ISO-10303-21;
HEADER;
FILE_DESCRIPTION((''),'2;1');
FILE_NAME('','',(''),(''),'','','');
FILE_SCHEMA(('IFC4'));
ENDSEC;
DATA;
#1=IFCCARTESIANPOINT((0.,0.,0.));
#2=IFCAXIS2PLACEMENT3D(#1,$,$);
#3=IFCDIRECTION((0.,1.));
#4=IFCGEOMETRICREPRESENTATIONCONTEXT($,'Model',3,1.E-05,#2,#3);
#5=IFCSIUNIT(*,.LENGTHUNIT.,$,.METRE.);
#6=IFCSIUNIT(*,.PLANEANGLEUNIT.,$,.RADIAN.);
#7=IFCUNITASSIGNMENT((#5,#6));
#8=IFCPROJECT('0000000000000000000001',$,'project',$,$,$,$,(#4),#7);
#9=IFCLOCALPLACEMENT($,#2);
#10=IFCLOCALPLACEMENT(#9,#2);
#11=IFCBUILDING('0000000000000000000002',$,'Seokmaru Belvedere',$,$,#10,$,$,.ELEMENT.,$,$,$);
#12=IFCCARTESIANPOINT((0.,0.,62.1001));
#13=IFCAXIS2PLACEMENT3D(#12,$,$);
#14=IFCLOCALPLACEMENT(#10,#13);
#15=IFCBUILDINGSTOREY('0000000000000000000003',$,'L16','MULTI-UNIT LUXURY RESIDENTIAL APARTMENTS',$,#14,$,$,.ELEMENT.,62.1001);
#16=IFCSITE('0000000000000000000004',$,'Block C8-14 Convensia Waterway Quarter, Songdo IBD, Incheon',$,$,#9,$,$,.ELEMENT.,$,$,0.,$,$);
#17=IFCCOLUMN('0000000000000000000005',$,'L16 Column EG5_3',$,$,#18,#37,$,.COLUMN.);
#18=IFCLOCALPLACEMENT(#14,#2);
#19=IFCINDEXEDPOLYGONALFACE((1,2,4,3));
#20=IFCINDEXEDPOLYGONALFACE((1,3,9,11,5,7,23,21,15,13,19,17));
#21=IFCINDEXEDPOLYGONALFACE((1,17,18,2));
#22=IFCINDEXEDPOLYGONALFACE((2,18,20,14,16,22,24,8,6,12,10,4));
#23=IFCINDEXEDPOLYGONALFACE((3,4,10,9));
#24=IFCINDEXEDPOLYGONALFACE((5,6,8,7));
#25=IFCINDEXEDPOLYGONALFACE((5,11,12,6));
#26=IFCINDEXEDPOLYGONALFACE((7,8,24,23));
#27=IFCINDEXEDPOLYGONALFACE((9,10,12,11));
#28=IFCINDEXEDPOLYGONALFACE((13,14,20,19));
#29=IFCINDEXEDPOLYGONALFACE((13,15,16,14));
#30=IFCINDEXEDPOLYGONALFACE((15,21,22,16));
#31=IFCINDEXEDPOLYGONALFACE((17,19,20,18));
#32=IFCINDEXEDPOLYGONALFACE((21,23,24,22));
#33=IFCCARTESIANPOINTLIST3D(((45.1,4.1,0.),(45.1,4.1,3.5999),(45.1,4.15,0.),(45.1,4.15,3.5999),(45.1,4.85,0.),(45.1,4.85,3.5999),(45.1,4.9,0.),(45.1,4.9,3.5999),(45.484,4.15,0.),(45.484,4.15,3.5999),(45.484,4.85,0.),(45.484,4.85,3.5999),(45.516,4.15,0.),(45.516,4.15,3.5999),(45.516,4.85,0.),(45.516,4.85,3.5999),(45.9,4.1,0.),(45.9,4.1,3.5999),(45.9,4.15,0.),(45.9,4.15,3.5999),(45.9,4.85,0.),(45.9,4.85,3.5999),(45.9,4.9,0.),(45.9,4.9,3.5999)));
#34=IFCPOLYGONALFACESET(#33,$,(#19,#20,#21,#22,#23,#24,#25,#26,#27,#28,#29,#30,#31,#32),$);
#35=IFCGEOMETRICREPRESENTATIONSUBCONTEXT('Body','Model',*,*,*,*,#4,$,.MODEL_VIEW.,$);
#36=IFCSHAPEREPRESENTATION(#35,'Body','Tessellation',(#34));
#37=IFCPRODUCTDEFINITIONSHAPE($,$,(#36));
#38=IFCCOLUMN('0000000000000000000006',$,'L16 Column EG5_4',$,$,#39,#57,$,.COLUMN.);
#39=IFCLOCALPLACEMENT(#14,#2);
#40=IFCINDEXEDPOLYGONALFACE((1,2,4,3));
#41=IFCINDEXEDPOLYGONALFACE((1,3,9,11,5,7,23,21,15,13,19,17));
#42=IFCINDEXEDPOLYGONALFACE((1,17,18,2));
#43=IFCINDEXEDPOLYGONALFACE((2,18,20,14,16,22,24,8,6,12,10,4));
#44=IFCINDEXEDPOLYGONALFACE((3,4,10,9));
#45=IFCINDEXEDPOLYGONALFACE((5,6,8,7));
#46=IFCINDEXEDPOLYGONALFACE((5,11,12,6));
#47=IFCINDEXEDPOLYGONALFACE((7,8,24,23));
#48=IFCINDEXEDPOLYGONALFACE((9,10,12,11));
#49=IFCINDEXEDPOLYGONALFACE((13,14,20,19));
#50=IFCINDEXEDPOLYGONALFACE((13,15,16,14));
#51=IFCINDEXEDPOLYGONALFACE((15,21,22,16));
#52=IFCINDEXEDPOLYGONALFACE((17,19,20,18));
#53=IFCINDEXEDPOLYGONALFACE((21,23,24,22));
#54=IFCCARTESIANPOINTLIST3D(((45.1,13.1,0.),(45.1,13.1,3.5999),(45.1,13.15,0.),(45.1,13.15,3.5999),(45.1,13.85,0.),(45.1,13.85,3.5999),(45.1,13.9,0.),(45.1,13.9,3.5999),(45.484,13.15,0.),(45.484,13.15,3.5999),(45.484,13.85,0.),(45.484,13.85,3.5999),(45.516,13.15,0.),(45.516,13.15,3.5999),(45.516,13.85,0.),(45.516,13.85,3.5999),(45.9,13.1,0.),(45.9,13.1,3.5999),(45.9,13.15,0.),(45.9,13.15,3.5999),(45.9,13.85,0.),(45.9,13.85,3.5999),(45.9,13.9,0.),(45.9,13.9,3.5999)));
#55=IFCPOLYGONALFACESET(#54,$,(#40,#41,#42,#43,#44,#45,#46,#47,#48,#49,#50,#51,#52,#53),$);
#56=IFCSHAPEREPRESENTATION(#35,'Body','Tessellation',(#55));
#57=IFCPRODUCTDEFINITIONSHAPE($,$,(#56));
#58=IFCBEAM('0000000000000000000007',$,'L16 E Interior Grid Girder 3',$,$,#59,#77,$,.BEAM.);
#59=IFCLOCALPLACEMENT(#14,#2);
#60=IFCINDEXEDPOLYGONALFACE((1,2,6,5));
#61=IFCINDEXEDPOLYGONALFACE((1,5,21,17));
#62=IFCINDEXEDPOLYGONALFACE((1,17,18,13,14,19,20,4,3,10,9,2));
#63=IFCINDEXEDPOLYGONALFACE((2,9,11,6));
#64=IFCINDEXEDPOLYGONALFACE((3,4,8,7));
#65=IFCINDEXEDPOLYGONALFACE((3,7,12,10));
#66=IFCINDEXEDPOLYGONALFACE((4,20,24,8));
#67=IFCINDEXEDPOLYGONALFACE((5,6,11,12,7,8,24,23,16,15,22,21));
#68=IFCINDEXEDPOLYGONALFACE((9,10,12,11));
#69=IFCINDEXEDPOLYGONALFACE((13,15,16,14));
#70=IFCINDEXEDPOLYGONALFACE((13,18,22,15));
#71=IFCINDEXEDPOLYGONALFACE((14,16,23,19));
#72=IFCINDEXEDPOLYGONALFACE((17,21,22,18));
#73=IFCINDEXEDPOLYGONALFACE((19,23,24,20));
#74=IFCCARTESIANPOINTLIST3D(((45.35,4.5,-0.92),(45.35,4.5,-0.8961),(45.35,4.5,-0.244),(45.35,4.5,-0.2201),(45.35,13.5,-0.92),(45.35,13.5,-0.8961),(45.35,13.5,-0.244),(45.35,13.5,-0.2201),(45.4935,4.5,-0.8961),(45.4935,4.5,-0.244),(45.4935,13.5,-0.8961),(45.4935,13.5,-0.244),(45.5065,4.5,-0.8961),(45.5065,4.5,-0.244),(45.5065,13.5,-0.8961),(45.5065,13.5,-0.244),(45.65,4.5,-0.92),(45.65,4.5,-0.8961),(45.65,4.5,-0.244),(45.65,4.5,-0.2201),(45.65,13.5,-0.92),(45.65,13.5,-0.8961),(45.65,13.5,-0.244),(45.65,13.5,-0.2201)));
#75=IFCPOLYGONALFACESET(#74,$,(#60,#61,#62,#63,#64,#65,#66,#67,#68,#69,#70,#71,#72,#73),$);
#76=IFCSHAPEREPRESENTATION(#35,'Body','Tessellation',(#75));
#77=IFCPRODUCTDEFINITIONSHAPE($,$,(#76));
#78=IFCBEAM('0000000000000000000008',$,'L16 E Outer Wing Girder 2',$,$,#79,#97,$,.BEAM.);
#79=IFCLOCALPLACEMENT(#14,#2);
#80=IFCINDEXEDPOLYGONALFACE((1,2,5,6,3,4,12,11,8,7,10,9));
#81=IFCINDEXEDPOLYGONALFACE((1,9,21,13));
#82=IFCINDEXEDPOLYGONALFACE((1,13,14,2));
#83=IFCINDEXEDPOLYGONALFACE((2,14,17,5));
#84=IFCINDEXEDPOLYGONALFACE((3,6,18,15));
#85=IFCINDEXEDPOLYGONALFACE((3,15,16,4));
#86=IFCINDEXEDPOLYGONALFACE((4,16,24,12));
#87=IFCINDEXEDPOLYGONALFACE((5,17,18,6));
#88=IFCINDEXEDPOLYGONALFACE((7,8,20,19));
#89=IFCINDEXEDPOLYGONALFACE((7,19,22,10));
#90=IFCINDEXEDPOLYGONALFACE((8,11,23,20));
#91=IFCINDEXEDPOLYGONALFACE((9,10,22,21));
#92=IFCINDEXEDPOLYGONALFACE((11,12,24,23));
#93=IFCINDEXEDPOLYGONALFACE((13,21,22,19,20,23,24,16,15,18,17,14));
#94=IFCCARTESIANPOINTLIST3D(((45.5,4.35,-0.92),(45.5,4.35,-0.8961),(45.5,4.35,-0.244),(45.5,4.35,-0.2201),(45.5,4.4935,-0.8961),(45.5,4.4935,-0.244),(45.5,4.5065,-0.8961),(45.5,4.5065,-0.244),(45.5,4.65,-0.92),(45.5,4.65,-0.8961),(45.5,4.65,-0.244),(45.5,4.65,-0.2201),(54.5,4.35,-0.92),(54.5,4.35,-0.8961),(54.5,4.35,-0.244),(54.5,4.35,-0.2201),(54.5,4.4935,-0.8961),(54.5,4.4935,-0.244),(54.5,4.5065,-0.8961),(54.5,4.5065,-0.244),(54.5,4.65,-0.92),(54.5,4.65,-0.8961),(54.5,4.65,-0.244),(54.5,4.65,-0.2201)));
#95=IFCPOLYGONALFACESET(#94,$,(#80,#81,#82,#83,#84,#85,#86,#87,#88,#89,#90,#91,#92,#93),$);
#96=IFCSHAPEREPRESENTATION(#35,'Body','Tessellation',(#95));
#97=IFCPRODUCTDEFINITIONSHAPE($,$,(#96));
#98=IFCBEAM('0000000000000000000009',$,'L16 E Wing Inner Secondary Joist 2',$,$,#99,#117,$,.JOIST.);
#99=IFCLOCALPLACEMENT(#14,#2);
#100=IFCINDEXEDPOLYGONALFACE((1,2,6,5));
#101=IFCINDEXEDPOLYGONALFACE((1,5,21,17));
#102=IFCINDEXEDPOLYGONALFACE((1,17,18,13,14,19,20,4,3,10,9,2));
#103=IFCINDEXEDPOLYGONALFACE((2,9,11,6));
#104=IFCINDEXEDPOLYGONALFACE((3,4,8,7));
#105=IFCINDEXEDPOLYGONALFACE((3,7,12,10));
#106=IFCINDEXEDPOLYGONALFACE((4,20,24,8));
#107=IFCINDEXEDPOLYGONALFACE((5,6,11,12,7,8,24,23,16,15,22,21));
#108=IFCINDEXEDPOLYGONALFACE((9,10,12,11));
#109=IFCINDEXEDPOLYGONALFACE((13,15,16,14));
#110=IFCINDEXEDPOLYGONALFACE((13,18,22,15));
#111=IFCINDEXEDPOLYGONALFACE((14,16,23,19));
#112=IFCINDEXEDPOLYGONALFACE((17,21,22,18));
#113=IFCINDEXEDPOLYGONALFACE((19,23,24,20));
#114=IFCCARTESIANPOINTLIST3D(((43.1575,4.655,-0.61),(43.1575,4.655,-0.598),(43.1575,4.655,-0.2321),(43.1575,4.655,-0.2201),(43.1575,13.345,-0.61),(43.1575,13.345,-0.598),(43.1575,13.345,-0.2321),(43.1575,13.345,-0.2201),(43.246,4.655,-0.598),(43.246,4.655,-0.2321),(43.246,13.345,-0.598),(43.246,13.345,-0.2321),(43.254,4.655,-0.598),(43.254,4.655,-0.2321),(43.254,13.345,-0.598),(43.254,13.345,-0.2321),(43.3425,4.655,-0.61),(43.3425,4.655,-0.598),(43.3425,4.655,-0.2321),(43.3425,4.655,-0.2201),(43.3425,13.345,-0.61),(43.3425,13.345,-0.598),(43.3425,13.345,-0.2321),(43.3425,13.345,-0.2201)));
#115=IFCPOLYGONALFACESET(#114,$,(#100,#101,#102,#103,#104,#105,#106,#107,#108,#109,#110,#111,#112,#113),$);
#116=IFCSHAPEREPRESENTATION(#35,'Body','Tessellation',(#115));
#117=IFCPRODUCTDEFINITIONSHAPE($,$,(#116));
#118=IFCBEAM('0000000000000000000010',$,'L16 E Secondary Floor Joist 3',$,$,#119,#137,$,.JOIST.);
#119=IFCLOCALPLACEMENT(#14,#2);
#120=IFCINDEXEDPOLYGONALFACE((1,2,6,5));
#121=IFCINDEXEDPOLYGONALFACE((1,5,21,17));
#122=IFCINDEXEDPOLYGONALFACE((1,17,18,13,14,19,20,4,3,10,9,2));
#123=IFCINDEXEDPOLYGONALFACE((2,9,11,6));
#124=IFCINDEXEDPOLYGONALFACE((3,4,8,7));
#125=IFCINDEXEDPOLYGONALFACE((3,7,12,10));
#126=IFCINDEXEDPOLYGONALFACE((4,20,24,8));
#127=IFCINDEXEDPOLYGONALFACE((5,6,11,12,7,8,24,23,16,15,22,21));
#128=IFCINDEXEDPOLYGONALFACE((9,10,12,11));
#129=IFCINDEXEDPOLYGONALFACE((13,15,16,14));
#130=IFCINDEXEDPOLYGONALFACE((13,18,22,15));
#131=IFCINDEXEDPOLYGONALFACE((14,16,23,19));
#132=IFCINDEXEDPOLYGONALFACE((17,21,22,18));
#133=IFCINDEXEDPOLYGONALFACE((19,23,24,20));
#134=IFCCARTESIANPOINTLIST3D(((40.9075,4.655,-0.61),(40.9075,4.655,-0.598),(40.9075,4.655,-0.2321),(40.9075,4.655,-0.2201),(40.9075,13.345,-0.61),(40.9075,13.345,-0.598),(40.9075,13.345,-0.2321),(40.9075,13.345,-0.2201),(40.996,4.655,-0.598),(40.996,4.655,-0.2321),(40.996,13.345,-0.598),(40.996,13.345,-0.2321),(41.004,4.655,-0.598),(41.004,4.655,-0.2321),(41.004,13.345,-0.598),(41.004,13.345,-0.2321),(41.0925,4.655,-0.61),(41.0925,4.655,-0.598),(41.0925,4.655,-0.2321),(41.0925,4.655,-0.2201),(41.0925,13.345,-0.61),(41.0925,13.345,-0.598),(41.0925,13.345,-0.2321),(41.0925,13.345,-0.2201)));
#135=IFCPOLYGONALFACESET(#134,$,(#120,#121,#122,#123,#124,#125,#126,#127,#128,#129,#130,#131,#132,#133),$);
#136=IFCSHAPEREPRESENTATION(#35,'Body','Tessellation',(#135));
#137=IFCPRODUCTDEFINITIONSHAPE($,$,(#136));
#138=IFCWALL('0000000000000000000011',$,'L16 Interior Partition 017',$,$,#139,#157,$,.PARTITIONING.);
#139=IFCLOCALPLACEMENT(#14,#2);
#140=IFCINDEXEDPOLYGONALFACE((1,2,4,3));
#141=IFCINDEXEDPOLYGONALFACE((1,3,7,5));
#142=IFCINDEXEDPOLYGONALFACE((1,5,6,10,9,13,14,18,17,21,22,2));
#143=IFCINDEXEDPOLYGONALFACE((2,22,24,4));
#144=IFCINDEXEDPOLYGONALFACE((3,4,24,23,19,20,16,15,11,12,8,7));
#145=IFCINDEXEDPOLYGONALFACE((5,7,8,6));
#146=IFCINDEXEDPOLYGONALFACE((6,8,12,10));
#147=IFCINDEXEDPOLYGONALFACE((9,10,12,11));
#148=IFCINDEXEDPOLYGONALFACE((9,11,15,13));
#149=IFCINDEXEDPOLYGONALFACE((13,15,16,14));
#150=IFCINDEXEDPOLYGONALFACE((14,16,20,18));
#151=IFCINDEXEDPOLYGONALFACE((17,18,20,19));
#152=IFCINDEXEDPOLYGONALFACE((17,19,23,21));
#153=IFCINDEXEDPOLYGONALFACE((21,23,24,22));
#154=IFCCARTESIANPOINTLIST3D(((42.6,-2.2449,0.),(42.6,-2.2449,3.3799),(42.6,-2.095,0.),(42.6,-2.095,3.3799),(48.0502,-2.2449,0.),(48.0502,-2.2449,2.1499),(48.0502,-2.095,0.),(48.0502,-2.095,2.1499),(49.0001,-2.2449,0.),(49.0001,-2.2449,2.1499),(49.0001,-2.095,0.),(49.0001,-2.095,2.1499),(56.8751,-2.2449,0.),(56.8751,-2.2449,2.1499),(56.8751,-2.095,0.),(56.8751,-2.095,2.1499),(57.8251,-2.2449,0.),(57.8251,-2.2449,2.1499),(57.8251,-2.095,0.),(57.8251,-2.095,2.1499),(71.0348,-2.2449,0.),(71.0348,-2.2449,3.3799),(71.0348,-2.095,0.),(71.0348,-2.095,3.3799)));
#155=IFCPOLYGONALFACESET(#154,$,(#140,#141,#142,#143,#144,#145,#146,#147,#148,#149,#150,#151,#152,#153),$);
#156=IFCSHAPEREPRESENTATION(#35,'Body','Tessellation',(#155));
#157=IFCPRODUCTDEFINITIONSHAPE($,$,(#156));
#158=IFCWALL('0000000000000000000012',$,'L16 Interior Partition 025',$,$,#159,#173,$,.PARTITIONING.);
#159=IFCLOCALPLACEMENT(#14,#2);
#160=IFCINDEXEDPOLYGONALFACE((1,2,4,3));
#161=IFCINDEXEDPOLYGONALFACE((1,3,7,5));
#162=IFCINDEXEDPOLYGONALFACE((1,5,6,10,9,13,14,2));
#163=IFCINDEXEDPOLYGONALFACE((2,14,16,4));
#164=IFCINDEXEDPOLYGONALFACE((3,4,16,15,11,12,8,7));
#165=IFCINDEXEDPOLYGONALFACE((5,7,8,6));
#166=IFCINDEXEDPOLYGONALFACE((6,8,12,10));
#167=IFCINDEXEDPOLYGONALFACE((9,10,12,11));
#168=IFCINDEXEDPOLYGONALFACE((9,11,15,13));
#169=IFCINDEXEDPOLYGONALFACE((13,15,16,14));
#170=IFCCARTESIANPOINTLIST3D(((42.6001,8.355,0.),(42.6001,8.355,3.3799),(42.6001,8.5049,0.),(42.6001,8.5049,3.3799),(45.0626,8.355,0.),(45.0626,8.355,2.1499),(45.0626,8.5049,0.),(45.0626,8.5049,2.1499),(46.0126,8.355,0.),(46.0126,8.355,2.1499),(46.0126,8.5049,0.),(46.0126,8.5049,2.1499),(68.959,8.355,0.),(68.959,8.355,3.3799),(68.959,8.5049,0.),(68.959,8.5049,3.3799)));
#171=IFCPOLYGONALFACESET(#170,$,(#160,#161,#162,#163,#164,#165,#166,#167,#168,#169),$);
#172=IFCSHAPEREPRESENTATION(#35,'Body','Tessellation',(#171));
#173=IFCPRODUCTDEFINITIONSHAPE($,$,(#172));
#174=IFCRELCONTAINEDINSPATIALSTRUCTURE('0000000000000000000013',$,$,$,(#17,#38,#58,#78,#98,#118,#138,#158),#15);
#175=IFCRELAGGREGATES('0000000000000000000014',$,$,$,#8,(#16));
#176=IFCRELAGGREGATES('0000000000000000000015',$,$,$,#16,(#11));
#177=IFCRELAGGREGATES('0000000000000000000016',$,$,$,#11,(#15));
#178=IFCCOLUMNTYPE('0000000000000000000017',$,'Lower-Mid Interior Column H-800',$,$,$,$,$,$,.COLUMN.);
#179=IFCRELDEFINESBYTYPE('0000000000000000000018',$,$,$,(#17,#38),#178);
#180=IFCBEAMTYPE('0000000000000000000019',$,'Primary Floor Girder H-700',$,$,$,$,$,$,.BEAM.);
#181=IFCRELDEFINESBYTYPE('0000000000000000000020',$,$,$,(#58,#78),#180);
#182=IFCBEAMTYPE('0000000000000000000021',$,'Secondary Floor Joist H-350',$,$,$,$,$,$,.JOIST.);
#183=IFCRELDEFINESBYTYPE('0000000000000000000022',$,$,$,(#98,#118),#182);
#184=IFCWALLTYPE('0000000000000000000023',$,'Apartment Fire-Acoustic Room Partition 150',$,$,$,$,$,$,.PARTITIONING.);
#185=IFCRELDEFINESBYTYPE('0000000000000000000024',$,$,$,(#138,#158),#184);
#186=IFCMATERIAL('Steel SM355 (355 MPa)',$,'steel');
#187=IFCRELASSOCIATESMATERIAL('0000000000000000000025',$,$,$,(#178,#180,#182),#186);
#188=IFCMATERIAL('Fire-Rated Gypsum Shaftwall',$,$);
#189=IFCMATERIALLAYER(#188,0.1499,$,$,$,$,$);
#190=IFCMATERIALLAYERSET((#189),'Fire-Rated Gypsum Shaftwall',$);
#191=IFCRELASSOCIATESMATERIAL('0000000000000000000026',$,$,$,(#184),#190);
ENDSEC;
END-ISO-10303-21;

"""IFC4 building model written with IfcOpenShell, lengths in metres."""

from ifc_helpers import new_model, si_unit, direction, frame, frame_2d, origin, origin_2d, place, context, subcontext, project, spatial, rectangle, i_section, extrude, source, transform, mapped, material, layer, layer_set, material_profile, profile_set, type_object, type_shapes, element, save


model = new_model("IFC4")

# Units and contexts
model_context = context("Model", 3, precision=1e-05, world=origin(), true_north=direction((0.0, 1.0)))
body_context = subcontext(model_context, "Body", "Model", "MODEL_VIEW")
ifc_project = project(units=[si_unit("LENGTHUNIT", "METRE"), si_unit("PLANEANGLEUNIT", "RADIAN")], contexts=[model_context])

# Site, building, storey
site_placement = place(None, origin())
site = spatial("IfcSite", under=ifc_project, at=site_placement, Name="Block C8-14 Convensia Waterway Quarter, Songdo IBD, Incheon", CompositionType="ELEMENT", RefElevation=0.0)
building_placement = place(site_placement, origin())
building = spatial("IfcBuilding", under=site, at=building_placement, Name="Seokmaru Belvedere", CompositionType="ELEMENT")
storey_placement = place(building_placement, frame((0.0, 0.0, 62.1001)))
storey = spatial("IfcBuildingStorey", under=building, at=storey_placement, Name="L16", Description="MULTI-UNIT LUXURY RESIDENTIAL APARTMENTS", CompositionType="ELEMENT", Elevation=62.1001)

# Columns
ifc_material_1 = material(Name="Steel SM355 (355 MPa)", Category="steel")
ifc_material_profile_1 = material_profile(ifc_material_1, i_section(OverallWidth=0.8, OverallDepth=0.8, WebThickness=0.032, FlangeThickness=0.05, at=origin_2d()), Name="H-800x800x32x50")
ifc_profile_set_1 = profile_set([ifc_material_profile_1], Name="Steel SM355 (355 MPa)")
column_type = type_object("IfcColumnType", Name="Lower-Mid Interior Column H-800", PredefinedType="COLUMN", material=ifc_profile_set_1)
shared_shape_1 = source(origin(), body_context, "Body", "SweptSolid", [
    extrude(i_section(OverallWidth=0.8, OverallDepth=0.8, WebThickness=0.032, FlangeThickness=0.05, at=origin_2d()), origin(), (0.0, 0.0, 1.0), 3.5999),
])
type_shapes(column_type, [shared_shape_1])
for number, where, z_axis, x_axis, name in (
    (1, (45.5, 4.5, 0.0), (0.0, 0.0, 1.0), (1.0, 0.0, 0.0), "L16 Column EG5_3"),
    (2, (45.5, 13.5, 0.0), (0.0, 0.0, 1.0), (1.0, 0.0, 0.0), "L16 Column EG5_4"),
):
    element("IfcColumn", number, at=place(storey_placement, frame(where, z_axis=z_axis, x_axis=x_axis)), inside=storey, type_object=column_type, Name=name, PredefinedType="COLUMN", context=body_context, shape_type="MappedRepresentation", body=[
        mapped(shared_shape_1, transform((0.0, 0.0, 0.0), scale=1.0)),
    ])

# Beams
ifc_material_profile_2 = material_profile(ifc_material_1, i_section(OverallWidth=0.3, OverallDepth=0.7, WebThickness=0.0129, FlangeThickness=0.0239, at=origin_2d()), Name="H-700x300x13x24")
ifc_profile_set_2 = profile_set([ifc_material_profile_2], Name="Steel SM355 (355 MPa)")
beam_type_1 = type_object("IfcBeamType", Name="Primary Floor Girder H-700", PredefinedType="BEAM", material=ifc_profile_set_2)
shared_shape_2 = source(origin(), body_context, "Body", "SweptSolid", [
    extrude(i_section(OverallWidth=0.3, OverallDepth=0.7, WebThickness=0.0129, FlangeThickness=0.0239, at=origin_2d()), origin(), (0.0, 0.0, 1.0), 9.0),
])
type_shapes(beam_type_1, [shared_shape_2])
for number, where, z_axis, x_axis, name in (
    (3, (45.5, 4.5, -0.5701), (0.0, 1.0, 0.0), (-1.0, 0.0, 0.0), "L16 E Interior Grid Girder 3"),
    (4, (45.5, 4.5, -0.5701), (1.0, 0.0, 0.0), (0.0, 1.0, 0.0), "L16 E Outer Wing Girder 2"),
):
    element("IfcBeam", number, at=place(storey_placement, frame(where, z_axis=z_axis, x_axis=x_axis)), inside=storey, type_object=beam_type_1, Name=name, PredefinedType="BEAM", context=body_context, shape_type="MappedRepresentation", body=[
        mapped(shared_shape_2, transform((0.0, 0.0, 0.0), scale=1.0)),
    ])
ifc_material_profile_3 = material_profile(ifc_material_1, i_section(OverallWidth=0.1851, OverallDepth=0.3899, WebThickness=0.0081, FlangeThickness=0.012, at=origin_2d()), Name="H-390x185x8x12")
ifc_profile_set_3 = profile_set([ifc_material_profile_3], Name="Steel SM355 (355 MPa)")
beam_type_2 = type_object("IfcBeamType", Name="Secondary Floor Joist H-350", PredefinedType="JOIST", material=ifc_profile_set_3)
shared_shape_3 = source(origin(), body_context, "Body", "SweptSolid", [
    extrude(i_section(OverallWidth=0.1851, OverallDepth=0.3899, WebThickness=0.0081, FlangeThickness=0.012, at=origin_2d()), origin(), (0.0, 0.0, 1.0), 8.6899),
])
type_shapes(beam_type_2, [shared_shape_3])
for number, where, z_axis, x_axis, name in (
    (5, (43.25, 4.655, -0.415), (0.0, 1.0, 0.0), (-1.0, 0.0, 0.0), "L16 E Wing Inner Secondary Joist 2"),
    (6, (41.0, 4.655, -0.415), (0.0, 1.0, 0.0), (-1.0, 0.0, 0.0), "L16 E Secondary Floor Joist 3"),
):
    element("IfcBeam", number, at=place(storey_placement, frame(where, z_axis=z_axis, x_axis=x_axis)), inside=storey, type_object=beam_type_2, Name=name, PredefinedType="JOIST", context=body_context, shape_type="MappedRepresentation", body=[
        mapped(shared_shape_3, transform((0.0, 0.0, 0.0), scale=1.0)),
    ])

# Wall, openings
ifc_material_2 = material(Name="Fire-Rated Gypsum Shaftwall")
ifc_layer_1 = layer(ifc_material_2, 0.1499)
ifc_layer_set_1 = layer_set([ifc_layer_1], Name="Fire-Rated Gypsum Shaftwall")
wall_type_1 = type_object("IfcWallType", Name="Apartment Fire-Acoustic Room Partition 150", PredefinedType="PARTITIONING", material=ifc_layer_set_1)
wall_1_placement = place(storey_placement, frame((42.6001, -2.1699, 0.0), z_axis=(0.0, 0.0, 1.0), x_axis=(1.0, 0.0, 0.0)))
wall_1 = element("IfcWall", 7, at=wall_1_placement, inside=storey, type_object=wall_type_1, Name="L16 Interior Partition 017", PredefinedType="PARTITIONING", context=body_context, shape_type="SweptSolid", body=[
    extrude(rectangle(XDim=28.4348, YDim=0.1499, at=frame_2d((14.2173, 0.0))), origin(), (0.0, 0.0, 1.0), 3.3799),
])
opening_1_placement = place(wall_1_placement, frame((5.45, 0.0, 0.0)))
element("IfcOpeningElement", 8, at=opening_1_placement, cuts=wall_1, PredefinedType="OPENING", context=body_context, shape_type="SweptSolid", body=[
    extrude(rectangle(XDim=0.95, YDim=2.1499, at=frame_2d((0.4751, 1.075))), frame((0.0, 0.085, 0.0), z_axis=(0.0, -1.0, 0.0), x_axis=(1.0, 0.0, 0.0)), (0.0, 0.0, 1.0), 0.1699),
])
opening_2_placement = place(wall_1_placement, frame((14.2749, 0.0, 0.0)))
element("IfcOpeningElement", 9, at=opening_2_placement, cuts=wall_1, PredefinedType="OPENING", context=body_context, shape_type="SweptSolid", body=[
    extrude(rectangle(XDim=0.95, YDim=2.1499, at=frame_2d((0.4751, 1.075))), frame((0.0, 0.085, 0.0), z_axis=(0.0, -1.0, 0.0), x_axis=(1.0, 0.0, 0.0)), (0.0, 0.0, 1.0), 0.1699),
])

# Wall, opening
wall_2_placement = place(storey_placement, frame((42.6001, 8.4299, 0.0), z_axis=(0.0, 0.0, 1.0), x_axis=(1.0, 0.0, 0.0)))
wall_2 = element("IfcWall", 10, at=wall_2_placement, inside=storey, type_object=wall_type_1, Name="L16 Interior Partition 025", PredefinedType="PARTITIONING", context=body_context, shape_type="SweptSolid", body=[
    extrude(rectangle(XDim=26.3589, YDim=0.1499, at=frame_2d((13.1794, 0.0))), origin(), (0.0, 0.0, 1.0), 3.3799),
])
opening_3_placement = place(wall_2_placement, frame((2.4624, 0.0, 0.0)))
element("IfcOpeningElement", 11, at=opening_3_placement, cuts=wall_2, PredefinedType="OPENING", context=body_context, shape_type="SweptSolid", body=[
    extrude(rectangle(XDim=0.95, YDim=2.1499, at=frame_2d((0.4751, 1.075))), frame((0.0, 0.085, 0.0), z_axis=(0.0, -1.0, 0.0), x_axis=(1.0, 0.0, 0.0)), (0.0, 0.0, 1.0), 0.1699),
])

save(model, "model.ifc")
